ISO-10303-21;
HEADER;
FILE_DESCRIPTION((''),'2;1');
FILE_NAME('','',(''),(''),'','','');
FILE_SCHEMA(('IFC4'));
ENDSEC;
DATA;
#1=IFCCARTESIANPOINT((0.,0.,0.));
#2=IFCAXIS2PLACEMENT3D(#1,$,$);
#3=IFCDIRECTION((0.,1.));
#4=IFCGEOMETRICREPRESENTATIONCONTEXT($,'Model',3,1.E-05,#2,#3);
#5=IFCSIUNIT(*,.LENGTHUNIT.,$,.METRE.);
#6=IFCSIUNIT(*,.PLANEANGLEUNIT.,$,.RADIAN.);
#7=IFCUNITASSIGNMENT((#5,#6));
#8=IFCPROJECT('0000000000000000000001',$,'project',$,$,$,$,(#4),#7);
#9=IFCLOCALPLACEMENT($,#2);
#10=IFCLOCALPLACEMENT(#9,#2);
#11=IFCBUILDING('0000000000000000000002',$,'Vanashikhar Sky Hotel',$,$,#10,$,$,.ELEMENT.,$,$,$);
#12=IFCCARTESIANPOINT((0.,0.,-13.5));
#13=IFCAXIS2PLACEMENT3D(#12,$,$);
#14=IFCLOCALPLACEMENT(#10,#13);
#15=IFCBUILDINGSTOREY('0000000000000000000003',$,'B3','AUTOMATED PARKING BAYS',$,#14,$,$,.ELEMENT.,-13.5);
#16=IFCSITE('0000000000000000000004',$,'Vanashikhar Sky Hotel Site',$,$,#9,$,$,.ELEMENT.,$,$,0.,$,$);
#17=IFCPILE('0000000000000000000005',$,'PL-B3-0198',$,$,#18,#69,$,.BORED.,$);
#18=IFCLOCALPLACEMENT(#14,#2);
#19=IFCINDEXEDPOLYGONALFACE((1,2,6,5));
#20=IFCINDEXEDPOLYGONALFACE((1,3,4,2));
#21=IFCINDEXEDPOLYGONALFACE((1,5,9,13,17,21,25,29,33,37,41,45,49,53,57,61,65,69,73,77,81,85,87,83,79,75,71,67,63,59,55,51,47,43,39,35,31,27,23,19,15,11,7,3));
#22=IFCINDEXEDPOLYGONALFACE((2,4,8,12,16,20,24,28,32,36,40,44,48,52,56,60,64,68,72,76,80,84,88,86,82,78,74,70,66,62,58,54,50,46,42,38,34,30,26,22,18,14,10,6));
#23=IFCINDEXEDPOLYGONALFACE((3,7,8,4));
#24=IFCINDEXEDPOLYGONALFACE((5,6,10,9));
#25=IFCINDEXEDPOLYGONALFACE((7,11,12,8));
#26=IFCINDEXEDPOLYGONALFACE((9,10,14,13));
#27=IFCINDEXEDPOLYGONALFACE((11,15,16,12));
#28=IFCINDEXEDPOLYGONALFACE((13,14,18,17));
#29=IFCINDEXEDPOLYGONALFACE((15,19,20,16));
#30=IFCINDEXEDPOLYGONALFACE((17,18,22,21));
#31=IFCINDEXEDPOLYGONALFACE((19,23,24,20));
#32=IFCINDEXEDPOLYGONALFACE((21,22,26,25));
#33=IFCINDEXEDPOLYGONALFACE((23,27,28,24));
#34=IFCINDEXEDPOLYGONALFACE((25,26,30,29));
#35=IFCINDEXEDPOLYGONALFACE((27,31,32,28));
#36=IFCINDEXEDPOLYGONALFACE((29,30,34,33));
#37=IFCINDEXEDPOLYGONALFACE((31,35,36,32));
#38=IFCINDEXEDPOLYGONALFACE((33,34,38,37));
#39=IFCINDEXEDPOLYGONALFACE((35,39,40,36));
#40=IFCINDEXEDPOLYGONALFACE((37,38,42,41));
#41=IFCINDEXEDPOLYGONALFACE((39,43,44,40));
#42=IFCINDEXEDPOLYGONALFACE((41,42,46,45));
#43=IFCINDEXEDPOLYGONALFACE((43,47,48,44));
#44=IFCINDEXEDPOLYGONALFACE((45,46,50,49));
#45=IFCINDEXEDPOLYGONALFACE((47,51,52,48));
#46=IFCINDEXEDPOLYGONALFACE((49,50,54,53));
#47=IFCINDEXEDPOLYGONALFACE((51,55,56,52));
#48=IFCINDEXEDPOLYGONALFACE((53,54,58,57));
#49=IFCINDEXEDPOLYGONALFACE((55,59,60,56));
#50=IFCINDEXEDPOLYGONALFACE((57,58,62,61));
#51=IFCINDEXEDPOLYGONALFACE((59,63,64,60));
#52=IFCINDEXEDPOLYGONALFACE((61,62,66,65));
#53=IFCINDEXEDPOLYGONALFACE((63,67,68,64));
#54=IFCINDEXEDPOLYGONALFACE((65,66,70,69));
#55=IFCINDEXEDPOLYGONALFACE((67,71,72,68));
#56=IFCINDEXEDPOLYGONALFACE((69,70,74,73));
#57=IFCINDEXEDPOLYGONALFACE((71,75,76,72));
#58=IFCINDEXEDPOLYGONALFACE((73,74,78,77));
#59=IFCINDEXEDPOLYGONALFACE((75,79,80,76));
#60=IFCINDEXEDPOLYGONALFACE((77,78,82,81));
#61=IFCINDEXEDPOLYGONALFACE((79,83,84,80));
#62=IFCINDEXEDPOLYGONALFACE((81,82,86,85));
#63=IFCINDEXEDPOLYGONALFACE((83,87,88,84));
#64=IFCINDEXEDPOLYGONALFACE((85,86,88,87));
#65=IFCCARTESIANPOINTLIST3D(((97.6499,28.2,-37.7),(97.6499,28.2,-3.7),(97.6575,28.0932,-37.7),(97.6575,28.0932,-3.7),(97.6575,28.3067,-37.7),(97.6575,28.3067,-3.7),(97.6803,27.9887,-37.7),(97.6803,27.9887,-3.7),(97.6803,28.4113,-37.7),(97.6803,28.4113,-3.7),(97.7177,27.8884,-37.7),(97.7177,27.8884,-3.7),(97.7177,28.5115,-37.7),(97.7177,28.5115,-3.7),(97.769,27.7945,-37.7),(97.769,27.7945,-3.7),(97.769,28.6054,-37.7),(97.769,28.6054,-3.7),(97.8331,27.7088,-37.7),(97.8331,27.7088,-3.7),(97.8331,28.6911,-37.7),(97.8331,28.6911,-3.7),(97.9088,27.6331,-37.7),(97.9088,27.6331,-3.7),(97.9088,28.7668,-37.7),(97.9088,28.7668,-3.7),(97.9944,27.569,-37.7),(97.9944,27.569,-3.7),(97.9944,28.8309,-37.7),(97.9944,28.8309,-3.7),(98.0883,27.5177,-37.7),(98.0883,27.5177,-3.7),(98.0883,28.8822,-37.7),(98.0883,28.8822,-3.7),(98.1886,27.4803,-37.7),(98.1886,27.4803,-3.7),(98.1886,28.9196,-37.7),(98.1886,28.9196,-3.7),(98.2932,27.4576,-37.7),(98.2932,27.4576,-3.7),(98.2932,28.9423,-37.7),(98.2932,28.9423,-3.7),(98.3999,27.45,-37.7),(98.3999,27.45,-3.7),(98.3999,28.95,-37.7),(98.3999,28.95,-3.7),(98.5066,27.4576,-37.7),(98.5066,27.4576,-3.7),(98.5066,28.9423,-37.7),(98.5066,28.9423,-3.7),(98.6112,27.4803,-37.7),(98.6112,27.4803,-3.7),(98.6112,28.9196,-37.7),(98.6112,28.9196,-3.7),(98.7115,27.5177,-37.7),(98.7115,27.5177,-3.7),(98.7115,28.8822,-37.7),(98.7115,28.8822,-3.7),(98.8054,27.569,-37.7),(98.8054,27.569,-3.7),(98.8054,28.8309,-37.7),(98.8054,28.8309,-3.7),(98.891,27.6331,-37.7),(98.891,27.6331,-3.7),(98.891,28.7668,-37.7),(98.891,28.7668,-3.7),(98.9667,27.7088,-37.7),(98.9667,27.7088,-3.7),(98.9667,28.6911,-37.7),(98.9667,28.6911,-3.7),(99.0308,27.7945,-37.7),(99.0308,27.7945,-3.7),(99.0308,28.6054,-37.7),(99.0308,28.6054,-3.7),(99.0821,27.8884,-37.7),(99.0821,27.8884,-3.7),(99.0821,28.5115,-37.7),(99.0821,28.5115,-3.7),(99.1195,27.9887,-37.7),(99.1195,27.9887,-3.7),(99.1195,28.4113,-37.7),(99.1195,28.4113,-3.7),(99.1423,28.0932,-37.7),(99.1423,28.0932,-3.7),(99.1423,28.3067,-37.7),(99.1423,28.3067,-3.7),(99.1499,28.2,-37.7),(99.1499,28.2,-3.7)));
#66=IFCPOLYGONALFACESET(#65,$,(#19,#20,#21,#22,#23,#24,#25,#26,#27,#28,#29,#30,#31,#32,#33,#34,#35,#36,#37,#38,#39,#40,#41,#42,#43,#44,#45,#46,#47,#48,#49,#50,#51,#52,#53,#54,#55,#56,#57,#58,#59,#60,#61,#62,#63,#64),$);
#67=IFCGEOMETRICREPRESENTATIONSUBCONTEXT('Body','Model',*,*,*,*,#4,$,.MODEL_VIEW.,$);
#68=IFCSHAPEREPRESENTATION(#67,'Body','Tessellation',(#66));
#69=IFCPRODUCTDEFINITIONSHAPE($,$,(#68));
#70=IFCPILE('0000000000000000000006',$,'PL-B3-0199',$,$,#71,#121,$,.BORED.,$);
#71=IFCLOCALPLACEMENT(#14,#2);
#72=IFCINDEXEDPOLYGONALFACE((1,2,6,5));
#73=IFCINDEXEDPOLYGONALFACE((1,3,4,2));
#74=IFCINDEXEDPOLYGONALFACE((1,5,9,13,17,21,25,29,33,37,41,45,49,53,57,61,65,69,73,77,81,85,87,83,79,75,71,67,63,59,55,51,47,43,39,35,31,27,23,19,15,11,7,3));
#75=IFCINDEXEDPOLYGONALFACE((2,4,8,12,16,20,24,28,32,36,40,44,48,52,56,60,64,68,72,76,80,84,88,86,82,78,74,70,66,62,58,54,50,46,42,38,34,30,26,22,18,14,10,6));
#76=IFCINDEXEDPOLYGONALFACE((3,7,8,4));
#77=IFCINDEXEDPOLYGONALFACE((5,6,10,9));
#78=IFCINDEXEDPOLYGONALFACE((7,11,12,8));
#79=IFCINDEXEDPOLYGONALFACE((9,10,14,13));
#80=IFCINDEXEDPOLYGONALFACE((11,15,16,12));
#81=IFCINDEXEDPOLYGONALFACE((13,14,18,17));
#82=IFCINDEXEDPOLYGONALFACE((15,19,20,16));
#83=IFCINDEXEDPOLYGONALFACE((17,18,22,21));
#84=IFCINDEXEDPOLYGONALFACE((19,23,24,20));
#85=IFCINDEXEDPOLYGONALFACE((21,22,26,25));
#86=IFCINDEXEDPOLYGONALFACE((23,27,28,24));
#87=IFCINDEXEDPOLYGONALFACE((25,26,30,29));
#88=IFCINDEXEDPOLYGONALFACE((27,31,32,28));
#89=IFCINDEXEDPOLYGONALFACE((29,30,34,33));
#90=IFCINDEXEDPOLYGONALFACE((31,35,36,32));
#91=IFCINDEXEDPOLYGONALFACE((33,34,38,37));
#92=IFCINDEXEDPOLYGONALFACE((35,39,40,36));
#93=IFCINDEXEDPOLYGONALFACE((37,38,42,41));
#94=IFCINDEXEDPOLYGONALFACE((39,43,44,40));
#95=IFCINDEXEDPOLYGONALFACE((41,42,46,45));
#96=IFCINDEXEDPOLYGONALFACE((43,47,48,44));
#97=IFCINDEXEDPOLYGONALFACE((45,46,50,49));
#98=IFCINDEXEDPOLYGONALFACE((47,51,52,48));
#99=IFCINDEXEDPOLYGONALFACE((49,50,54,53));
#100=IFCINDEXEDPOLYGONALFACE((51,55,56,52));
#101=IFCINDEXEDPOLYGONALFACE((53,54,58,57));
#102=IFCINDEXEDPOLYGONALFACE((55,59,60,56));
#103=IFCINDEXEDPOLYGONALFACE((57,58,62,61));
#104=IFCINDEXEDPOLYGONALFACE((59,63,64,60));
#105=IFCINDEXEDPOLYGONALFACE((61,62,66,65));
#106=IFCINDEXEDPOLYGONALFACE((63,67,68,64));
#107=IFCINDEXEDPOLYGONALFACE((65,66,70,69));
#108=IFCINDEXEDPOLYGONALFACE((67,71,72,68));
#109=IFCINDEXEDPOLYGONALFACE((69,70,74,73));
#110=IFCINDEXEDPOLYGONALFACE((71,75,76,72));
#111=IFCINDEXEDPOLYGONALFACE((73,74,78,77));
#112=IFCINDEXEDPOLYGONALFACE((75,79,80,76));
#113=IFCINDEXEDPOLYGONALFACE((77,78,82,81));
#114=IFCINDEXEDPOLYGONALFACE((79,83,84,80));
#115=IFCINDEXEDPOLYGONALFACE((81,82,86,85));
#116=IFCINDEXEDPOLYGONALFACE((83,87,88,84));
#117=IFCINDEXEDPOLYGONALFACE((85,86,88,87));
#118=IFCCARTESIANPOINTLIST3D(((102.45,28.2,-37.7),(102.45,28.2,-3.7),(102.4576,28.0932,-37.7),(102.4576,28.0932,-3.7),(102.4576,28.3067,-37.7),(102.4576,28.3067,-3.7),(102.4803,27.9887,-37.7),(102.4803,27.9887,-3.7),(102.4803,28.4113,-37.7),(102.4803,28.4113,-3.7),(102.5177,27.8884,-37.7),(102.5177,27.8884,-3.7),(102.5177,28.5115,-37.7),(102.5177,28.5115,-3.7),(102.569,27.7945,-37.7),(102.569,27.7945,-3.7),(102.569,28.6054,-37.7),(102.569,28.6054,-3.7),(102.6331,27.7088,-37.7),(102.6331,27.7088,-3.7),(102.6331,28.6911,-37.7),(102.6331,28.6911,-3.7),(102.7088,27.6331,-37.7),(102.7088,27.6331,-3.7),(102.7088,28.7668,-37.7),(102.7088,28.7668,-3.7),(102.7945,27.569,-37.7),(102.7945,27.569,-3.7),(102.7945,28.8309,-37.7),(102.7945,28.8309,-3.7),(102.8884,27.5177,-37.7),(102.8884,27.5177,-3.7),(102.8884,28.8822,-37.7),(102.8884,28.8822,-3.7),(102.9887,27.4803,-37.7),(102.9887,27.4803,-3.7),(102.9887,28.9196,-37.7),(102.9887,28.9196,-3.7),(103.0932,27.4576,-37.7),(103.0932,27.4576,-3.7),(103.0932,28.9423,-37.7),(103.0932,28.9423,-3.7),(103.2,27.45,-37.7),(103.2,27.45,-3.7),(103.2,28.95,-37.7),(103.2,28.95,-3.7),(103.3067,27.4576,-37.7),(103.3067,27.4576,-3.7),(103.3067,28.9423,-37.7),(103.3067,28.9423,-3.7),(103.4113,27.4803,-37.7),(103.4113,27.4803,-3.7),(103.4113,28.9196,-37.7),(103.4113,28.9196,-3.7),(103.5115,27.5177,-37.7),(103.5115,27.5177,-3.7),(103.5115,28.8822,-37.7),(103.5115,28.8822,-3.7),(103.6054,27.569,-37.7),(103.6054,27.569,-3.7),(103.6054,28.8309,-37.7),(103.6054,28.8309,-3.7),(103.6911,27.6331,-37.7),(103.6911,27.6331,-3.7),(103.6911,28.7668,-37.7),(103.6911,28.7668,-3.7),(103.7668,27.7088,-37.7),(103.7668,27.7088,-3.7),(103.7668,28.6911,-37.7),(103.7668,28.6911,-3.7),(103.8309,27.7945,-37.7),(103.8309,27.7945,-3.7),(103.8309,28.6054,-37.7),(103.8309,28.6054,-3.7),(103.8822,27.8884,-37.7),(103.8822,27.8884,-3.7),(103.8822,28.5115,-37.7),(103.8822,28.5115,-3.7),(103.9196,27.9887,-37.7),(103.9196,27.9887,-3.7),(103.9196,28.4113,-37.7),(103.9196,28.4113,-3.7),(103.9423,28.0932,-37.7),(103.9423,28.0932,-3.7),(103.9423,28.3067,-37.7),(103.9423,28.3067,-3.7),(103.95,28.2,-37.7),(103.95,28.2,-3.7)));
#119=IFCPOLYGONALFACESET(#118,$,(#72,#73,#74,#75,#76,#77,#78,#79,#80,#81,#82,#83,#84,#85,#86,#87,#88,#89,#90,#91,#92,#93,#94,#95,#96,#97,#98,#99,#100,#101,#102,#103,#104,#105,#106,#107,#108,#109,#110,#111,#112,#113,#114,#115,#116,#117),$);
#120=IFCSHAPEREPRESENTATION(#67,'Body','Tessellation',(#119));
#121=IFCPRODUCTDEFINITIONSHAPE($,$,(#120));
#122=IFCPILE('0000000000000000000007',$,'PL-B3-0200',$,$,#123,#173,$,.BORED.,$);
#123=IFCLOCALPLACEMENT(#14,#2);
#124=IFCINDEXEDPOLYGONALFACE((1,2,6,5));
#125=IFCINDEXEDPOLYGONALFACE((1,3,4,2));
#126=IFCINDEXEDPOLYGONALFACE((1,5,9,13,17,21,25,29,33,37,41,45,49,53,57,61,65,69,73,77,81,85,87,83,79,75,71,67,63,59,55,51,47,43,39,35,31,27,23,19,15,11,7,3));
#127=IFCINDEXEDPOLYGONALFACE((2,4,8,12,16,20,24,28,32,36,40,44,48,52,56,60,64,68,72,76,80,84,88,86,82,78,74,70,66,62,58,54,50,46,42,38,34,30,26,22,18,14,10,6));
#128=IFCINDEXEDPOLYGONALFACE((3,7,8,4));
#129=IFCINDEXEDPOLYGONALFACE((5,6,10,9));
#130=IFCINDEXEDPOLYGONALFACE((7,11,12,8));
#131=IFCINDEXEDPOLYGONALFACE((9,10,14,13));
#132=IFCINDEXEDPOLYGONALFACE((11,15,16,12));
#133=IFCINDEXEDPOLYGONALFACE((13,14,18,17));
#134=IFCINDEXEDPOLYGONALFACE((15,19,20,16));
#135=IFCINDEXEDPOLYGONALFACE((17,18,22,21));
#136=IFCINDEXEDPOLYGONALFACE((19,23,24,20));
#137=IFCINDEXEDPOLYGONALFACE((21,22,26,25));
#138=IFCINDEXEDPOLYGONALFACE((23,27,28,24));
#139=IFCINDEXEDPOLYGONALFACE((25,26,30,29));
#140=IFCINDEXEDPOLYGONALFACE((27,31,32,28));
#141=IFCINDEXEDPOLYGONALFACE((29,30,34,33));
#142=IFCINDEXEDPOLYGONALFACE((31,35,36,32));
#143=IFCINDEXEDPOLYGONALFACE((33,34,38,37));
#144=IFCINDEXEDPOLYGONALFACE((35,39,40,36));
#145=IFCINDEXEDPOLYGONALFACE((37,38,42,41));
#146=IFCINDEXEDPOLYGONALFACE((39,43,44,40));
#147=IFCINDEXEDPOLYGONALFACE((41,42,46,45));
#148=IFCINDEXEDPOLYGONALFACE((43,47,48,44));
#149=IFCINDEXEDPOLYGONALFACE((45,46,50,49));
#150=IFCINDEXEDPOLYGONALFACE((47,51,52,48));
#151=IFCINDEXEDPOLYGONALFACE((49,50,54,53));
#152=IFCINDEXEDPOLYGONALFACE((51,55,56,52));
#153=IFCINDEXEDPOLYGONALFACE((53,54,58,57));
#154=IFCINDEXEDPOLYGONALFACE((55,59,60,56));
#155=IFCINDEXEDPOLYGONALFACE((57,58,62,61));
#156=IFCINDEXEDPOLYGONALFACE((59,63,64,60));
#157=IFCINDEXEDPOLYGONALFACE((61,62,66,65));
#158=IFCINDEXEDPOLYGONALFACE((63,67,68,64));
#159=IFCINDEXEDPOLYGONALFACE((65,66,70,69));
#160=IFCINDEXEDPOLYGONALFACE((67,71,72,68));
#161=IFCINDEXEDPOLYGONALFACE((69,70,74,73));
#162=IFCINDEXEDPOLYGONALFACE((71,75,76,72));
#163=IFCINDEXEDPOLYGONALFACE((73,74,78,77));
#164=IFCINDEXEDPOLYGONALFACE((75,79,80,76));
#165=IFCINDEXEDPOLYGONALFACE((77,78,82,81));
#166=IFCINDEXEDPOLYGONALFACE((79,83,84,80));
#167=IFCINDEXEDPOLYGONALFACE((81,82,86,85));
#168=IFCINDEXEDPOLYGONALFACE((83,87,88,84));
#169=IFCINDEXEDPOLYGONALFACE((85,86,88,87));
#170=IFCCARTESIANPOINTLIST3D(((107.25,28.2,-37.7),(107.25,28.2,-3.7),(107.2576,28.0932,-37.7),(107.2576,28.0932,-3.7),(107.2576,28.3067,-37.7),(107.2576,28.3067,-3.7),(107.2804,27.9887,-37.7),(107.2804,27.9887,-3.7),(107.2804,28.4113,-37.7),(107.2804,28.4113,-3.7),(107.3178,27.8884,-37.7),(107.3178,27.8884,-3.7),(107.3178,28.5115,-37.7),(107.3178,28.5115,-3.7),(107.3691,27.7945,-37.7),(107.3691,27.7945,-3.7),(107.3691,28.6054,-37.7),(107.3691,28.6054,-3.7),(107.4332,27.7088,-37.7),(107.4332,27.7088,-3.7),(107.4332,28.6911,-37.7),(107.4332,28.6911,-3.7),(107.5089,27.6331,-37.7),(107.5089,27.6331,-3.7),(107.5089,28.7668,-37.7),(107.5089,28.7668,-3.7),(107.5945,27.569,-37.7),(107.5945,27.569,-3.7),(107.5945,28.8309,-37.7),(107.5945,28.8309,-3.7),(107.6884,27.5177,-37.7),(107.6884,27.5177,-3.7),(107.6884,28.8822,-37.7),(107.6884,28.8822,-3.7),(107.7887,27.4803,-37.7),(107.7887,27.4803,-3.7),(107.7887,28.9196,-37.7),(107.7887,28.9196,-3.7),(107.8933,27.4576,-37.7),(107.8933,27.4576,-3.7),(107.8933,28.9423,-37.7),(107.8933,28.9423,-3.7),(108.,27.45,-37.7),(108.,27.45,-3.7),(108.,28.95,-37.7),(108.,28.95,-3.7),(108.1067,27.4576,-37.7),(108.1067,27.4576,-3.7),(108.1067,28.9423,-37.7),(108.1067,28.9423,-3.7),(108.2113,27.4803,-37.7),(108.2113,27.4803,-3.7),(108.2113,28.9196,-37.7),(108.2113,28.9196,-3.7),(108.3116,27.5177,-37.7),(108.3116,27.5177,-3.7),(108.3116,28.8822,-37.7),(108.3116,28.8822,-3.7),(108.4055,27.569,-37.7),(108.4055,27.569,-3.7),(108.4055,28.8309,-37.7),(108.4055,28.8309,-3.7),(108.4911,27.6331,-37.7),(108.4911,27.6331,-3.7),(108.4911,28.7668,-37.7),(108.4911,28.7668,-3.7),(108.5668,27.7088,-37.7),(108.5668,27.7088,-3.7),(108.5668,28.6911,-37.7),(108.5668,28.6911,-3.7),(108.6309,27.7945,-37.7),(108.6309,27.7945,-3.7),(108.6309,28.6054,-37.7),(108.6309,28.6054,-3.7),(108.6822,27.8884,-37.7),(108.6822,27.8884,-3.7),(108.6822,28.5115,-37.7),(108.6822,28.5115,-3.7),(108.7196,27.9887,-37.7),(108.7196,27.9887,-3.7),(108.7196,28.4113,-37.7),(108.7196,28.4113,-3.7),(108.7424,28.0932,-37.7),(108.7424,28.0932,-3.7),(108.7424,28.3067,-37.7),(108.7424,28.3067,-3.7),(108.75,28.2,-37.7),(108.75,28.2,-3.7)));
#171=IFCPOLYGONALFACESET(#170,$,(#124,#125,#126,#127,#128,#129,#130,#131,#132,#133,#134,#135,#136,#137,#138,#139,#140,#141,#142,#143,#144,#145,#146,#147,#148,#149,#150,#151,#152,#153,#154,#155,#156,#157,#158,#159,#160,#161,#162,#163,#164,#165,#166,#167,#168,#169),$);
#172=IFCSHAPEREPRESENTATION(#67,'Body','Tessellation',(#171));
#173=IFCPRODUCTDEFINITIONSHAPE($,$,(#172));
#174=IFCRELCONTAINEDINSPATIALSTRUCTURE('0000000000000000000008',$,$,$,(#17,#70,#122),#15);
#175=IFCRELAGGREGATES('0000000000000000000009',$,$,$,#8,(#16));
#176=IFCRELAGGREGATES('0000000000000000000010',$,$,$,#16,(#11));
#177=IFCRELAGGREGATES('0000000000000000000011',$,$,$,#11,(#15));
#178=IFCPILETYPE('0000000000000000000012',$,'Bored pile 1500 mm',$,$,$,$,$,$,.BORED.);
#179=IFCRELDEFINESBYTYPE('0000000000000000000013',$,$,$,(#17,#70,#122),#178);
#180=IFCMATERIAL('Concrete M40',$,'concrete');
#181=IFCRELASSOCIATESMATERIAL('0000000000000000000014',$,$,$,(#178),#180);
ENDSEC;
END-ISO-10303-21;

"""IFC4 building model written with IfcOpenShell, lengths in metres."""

from ifc_helpers import new_model, si_unit, direction, frame, origin, origin_2d, place, context, subcontext, project, spatial, circle, extrude, source, transform, mapped, material, type_object, element, save


model = new_model("IFC4")

# Units and contexts
model_context = context("Model", 3, precision=1e-05, world=origin(), true_north=direction((0.0, 1.0)))
body_context = subcontext(model_context, "Body", "Model", "MODEL_VIEW")
ifc_project = project(units=[si_unit("LENGTHUNIT", "METRE"), si_unit("PLANEANGLEUNIT", "RADIAN")], contexts=[model_context])

# Site, building, storey
site_placement = place(None, origin())
site = spatial("IfcSite", under=ifc_project, at=site_placement, Name="Vanashikhar Sky Hotel Site", CompositionType="ELEMENT", RefElevation=0.0)
building_placement = place(site_placement, origin())
building = spatial("IfcBuilding", under=site, at=building_placement, Name="Vanashikhar Sky Hotel", CompositionType="ELEMENT")
storey_placement = place(building_placement, frame((0.0, 0.0, -13.5)))
storey = spatial("IfcBuildingStorey", under=building, at=storey_placement, Name="B3", Description="AUTOMATED PARKING BAYS", CompositionType="ELEMENT", Elevation=-13.5)

# Piles
ifc_material_1 = material(Name="Concrete M40", Category="concrete")
pile_type_1 = type_object("IfcPileType", Name="Bored pile 1500 mm", PredefinedType="BORED", material=ifc_material_1)
shared_shape_1 = source(origin(), body_context, "Body", "SweptSolid", [
    extrude(circle(Radius=0.75, at=origin_2d()), origin(), (0.0, 0.0, 1.0), 34.0),
])
for number, where, z_axis, x_axis, name in (
    (1, (98.3999, 28.2, -3.7), (0.0, 0.0, -1.0), (1.0, 0.0, 0.0), "PL-B3-0198"),
    (2, (103.2, 28.2, -3.7), (0.0, 0.0, -1.0), (1.0, 0.0, 0.0), "PL-B3-0199"),
    (3, (108.0, 28.2, -3.7), (0.0, 0.0, -1.0), (1.0, 0.0, 0.0), "PL-B3-0200"),
):
    element("IfcPile", number, at=place(storey_placement, frame(where, z_axis=z_axis, x_axis=x_axis)), inside=storey, type_object=pile_type_1, Name=name, PredefinedType="BORED", context=body_context, shape_type="MappedRepresentation", body=[
        mapped(shared_shape_1, transform((0.0, 0.0, 0.0), scale=1.0)),
    ])

save(model, "model.ifc")
